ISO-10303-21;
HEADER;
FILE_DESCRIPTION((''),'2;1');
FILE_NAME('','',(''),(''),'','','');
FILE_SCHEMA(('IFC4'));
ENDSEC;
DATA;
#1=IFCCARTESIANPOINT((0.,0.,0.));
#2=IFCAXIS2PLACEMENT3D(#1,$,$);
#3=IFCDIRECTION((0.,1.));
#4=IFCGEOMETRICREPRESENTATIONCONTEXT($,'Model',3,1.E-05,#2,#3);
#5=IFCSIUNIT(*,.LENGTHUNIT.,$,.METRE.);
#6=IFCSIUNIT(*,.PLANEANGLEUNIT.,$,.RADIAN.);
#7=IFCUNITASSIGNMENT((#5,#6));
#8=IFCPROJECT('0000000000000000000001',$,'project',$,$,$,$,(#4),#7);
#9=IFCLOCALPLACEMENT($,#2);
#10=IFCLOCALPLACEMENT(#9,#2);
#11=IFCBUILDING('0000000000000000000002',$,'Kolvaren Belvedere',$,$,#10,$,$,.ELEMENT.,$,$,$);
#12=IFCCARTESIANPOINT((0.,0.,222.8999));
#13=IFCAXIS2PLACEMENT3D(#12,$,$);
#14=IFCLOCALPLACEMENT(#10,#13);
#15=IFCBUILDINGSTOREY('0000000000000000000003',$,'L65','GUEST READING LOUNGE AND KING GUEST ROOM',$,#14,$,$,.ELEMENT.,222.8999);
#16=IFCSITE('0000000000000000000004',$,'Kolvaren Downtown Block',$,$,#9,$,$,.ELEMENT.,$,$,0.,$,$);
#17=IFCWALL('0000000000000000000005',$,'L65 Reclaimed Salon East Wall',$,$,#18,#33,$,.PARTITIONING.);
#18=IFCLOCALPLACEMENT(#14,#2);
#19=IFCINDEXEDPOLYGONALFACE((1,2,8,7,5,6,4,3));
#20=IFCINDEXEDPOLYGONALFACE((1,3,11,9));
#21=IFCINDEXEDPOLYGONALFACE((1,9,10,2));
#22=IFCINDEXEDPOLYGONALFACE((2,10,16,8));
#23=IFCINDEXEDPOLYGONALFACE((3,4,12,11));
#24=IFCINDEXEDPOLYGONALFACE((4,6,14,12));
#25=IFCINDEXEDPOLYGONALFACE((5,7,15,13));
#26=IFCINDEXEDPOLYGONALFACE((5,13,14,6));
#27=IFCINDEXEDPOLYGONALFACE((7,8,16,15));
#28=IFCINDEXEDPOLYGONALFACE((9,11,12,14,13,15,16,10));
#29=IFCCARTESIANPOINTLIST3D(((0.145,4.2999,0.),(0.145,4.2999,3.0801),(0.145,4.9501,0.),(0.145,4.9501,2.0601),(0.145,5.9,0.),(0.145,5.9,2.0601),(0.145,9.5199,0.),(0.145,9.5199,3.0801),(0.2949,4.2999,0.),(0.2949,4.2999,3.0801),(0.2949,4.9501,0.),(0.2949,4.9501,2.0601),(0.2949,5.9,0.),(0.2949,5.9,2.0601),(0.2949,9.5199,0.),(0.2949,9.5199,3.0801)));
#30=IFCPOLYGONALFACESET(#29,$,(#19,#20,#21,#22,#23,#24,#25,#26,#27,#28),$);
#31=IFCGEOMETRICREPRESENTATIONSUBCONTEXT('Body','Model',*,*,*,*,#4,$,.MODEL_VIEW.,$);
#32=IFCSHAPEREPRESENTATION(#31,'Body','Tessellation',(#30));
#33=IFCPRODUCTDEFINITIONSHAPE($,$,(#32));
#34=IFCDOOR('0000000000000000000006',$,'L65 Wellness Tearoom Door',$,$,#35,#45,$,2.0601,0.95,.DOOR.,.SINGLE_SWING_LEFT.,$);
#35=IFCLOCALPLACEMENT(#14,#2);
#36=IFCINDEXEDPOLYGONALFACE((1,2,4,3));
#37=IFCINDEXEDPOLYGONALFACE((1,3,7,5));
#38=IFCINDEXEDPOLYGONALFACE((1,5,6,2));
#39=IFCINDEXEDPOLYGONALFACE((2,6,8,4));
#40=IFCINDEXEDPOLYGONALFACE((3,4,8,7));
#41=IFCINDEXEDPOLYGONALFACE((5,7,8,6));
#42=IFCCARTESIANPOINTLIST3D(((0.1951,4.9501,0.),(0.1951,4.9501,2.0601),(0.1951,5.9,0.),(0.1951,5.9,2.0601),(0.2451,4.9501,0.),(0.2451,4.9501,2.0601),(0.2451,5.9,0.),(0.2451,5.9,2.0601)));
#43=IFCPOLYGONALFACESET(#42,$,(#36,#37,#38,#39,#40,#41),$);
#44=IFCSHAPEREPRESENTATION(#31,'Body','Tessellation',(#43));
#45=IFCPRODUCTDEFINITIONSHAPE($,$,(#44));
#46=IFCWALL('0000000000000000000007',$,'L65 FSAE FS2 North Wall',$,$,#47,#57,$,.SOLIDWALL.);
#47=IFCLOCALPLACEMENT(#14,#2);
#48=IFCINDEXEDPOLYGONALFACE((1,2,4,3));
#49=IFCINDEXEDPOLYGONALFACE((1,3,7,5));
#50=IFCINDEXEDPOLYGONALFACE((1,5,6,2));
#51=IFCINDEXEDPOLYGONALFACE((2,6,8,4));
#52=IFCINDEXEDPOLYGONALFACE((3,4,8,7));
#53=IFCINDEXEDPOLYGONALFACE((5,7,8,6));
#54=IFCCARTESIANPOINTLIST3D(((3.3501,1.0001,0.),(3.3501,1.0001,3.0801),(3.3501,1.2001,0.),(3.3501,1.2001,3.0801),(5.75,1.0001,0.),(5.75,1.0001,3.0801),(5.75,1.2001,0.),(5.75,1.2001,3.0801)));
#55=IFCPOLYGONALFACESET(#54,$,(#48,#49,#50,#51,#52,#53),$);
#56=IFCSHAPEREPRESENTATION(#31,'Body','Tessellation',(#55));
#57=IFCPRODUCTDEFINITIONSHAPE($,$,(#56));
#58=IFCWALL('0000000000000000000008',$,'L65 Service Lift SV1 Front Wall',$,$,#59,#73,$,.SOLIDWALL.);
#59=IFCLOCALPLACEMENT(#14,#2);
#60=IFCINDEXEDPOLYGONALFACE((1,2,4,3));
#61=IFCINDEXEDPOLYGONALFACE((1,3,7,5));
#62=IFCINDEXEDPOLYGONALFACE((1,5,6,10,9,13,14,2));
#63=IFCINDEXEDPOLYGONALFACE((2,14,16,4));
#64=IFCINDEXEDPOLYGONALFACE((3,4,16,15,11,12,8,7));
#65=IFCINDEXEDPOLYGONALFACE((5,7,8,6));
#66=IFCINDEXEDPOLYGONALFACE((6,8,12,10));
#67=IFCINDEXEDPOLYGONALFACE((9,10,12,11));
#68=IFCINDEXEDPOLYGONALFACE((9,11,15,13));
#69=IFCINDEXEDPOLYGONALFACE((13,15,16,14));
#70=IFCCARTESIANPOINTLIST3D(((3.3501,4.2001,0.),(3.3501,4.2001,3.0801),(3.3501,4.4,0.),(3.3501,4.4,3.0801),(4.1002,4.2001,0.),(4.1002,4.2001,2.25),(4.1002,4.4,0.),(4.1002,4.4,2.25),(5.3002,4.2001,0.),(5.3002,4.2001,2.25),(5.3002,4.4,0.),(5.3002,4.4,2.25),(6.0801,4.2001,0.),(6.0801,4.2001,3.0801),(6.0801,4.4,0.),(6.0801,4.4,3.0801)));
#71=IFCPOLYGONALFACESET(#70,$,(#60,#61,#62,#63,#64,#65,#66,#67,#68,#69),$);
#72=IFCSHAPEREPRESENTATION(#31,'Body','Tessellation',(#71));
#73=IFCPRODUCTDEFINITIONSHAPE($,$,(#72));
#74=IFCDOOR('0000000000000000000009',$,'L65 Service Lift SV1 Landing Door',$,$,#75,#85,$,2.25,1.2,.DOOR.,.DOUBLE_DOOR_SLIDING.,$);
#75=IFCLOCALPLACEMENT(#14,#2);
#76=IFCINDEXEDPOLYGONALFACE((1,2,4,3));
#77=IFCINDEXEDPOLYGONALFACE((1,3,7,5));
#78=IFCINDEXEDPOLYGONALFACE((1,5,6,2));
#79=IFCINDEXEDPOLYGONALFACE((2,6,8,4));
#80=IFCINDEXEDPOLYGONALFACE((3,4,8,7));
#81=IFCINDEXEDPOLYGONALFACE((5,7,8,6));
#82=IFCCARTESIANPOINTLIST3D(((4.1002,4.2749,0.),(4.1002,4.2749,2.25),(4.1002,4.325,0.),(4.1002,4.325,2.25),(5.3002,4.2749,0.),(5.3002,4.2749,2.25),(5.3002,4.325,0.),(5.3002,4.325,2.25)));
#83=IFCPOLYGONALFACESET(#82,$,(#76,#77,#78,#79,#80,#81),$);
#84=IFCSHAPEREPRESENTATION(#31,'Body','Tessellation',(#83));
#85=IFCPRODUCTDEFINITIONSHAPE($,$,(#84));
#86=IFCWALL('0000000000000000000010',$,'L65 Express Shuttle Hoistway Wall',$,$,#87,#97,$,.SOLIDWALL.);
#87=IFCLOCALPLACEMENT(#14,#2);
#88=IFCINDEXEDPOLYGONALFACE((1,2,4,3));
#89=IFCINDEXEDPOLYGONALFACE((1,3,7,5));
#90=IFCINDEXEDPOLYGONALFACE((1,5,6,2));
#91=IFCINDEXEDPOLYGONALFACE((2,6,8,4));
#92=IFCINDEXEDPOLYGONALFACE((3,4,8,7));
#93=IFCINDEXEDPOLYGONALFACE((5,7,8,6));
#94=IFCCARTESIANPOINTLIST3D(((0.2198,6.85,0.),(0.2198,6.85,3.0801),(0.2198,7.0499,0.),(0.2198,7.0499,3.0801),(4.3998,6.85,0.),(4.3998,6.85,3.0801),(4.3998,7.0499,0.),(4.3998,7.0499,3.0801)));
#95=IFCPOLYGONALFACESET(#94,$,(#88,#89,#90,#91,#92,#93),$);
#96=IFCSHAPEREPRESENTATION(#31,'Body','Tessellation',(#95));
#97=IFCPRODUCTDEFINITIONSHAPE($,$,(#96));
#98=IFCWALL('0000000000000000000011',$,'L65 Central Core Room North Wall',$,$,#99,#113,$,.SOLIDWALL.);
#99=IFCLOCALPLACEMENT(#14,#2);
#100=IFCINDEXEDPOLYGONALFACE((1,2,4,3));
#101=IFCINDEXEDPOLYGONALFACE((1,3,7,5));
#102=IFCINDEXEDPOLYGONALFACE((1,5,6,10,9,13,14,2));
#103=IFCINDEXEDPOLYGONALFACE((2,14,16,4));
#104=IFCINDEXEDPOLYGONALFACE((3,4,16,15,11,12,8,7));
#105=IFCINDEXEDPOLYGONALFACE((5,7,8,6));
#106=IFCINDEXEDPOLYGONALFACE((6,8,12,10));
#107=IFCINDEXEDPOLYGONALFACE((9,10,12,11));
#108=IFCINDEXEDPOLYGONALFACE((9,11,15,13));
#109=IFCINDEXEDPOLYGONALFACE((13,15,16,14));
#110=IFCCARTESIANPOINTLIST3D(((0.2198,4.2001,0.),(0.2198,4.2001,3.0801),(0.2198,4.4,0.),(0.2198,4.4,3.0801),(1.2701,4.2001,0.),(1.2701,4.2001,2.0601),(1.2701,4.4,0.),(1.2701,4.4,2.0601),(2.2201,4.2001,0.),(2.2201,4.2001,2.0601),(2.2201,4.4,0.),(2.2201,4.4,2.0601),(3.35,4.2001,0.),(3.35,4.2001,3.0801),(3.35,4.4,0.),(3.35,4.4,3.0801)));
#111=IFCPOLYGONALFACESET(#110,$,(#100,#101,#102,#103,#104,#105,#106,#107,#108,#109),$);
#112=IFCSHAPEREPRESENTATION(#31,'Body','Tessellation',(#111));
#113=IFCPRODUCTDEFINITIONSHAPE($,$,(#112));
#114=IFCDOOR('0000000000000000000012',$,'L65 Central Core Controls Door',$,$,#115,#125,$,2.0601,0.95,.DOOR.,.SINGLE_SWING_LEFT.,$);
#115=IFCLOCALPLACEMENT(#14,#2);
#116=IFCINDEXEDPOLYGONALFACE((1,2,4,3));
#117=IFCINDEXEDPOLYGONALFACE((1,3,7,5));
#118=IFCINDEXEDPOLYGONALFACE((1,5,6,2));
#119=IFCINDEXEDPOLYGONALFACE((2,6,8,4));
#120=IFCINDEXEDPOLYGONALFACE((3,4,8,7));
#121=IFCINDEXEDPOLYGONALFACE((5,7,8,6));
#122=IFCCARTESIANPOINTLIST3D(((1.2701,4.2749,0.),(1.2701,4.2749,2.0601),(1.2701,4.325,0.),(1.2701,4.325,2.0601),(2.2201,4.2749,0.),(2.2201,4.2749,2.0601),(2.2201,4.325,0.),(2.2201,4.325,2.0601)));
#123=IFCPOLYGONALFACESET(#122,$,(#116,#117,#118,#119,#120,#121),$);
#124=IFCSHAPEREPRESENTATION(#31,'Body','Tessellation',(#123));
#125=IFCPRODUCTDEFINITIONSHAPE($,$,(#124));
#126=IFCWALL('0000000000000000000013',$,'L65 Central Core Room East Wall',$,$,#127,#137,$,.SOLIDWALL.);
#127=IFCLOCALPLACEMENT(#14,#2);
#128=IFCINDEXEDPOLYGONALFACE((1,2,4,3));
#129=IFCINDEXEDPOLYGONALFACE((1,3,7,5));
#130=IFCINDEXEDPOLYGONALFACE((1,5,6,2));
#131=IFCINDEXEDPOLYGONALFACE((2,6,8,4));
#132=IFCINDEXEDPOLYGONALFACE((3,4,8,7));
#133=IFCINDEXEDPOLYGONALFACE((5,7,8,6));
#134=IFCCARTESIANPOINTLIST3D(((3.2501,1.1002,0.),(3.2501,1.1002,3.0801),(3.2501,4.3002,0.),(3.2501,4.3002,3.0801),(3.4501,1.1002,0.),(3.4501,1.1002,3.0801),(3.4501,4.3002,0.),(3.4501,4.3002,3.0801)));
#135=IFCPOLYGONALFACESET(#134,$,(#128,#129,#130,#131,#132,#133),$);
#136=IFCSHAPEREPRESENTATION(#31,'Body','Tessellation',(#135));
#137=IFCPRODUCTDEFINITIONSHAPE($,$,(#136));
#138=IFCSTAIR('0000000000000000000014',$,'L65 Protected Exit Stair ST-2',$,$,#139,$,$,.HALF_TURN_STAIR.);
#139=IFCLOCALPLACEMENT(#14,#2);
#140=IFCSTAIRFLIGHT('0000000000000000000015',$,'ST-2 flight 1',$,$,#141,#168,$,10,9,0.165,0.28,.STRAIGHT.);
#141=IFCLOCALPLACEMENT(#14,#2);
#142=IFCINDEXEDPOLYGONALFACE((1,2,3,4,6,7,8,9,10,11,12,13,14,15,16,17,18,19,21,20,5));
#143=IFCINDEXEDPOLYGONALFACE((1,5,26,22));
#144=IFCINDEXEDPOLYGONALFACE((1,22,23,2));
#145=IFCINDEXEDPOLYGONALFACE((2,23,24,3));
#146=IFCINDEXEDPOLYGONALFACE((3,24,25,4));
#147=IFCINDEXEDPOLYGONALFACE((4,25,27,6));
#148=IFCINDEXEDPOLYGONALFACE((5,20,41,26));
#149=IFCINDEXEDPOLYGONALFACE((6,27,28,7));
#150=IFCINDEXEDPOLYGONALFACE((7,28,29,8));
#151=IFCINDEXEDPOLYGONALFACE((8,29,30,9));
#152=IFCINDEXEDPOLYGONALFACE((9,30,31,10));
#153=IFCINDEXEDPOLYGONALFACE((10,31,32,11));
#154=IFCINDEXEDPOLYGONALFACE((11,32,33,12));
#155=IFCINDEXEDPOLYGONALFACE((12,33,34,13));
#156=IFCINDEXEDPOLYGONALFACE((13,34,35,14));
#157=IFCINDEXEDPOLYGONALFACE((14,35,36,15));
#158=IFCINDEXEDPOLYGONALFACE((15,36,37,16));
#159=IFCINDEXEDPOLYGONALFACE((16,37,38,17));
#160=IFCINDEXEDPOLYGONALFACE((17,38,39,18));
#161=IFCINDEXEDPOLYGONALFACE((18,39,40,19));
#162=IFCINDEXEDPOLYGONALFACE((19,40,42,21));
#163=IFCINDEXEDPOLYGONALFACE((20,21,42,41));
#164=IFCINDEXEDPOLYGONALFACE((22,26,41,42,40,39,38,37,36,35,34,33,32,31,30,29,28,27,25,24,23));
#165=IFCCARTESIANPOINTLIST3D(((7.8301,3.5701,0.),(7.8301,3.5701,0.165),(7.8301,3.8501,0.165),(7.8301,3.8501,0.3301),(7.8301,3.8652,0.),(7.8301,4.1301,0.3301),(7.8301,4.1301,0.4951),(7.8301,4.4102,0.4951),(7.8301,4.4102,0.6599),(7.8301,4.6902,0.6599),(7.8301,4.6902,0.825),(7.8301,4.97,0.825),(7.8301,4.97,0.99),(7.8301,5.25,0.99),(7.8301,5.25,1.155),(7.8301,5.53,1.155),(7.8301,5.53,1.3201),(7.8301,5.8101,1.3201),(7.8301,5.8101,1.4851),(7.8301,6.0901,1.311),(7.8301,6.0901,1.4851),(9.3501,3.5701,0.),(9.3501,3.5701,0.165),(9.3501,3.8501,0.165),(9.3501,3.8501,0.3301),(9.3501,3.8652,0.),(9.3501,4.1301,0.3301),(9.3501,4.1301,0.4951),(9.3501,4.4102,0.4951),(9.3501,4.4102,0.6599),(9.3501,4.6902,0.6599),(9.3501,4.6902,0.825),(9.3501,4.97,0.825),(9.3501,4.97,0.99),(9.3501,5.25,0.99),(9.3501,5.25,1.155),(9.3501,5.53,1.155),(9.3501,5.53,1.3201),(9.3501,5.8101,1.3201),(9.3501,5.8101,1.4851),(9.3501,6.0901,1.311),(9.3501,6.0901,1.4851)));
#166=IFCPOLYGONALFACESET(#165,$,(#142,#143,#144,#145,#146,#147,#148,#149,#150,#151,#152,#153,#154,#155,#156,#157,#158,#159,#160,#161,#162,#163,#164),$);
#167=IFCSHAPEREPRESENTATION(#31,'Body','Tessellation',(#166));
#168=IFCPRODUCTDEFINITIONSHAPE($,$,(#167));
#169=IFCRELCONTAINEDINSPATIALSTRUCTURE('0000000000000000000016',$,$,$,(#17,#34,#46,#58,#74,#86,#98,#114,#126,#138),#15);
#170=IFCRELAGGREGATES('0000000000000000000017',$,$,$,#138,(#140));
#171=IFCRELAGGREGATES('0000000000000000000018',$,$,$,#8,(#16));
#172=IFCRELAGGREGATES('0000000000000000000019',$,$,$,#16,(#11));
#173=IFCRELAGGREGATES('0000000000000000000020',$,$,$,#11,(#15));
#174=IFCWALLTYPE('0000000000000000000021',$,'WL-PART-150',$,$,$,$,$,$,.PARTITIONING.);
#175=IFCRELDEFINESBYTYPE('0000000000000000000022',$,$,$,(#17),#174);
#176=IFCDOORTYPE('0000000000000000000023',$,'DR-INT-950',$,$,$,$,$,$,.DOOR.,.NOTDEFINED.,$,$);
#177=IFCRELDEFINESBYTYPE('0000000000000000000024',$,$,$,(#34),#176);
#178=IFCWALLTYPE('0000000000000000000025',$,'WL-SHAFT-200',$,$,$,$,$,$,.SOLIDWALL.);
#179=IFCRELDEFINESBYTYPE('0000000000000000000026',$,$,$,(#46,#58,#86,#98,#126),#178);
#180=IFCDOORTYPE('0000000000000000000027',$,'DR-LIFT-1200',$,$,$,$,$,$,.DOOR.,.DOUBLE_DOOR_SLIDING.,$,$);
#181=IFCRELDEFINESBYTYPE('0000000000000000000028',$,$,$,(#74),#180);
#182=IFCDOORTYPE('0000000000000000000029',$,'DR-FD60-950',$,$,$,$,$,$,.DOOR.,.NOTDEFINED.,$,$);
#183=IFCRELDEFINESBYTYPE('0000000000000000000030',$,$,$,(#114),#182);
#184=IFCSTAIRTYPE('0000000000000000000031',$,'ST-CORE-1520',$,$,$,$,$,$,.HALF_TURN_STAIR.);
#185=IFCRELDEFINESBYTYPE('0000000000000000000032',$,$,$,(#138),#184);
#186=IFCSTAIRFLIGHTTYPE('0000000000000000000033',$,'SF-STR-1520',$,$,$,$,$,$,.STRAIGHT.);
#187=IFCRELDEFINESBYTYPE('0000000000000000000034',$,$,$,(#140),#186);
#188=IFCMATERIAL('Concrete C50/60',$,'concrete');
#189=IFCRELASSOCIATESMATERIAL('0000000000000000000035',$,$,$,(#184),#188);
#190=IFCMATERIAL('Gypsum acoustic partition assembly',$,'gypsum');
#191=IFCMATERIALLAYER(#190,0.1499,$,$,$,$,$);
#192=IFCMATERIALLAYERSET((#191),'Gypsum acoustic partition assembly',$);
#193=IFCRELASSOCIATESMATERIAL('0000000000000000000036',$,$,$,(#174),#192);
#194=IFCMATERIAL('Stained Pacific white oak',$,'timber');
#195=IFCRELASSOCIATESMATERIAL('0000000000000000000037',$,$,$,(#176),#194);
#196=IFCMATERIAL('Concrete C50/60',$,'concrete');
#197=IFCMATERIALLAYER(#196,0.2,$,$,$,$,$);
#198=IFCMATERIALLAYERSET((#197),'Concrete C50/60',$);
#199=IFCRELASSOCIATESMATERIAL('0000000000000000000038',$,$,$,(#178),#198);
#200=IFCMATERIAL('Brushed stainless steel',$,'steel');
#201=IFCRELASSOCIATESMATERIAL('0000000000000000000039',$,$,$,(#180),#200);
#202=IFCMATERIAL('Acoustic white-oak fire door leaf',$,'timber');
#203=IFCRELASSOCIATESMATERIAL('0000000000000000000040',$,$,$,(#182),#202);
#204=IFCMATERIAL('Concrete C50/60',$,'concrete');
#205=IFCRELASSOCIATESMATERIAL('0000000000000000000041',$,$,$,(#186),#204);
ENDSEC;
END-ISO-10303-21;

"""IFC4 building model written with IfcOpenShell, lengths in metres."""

from ifc_helpers import new_model, si_unit, direction, frame, frame_2d, origin, place, context, subcontext, project, spatial, polyline, rectangle, outline, extrude, material, layer, layer_set, type_object, element, fill, aggregate, save


model = new_model("IFC4")

# Units and contexts
model_context = context("Model", 3, precision=1e-05, world=origin(), true_north=direction((0.0, 1.0)))
body_context = subcontext(model_context, "Body", "Model", "MODEL_VIEW")
ifc_project = project(units=[si_unit("LENGTHUNIT", "METRE"), si_unit("PLANEANGLEUNIT", "RADIAN")], contexts=[model_context])

# Site, building, storey
site_placement = place(None, origin())
site = spatial("IfcSite", under=ifc_project, at=site_placement, Name="Kolvaren Downtown Block", CompositionType="ELEMENT", RefElevation=0.0)
building_placement = place(site_placement, origin())
building = spatial("IfcBuilding", under=site, at=building_placement, Name="Kolvaren Belvedere", CompositionType="ELEMENT")
storey_placement = place(building_placement, frame((0.0, 0.0, 222.8999)))
storey = spatial("IfcBuildingStorey", under=building, at=storey_placement, Name="L65", Description="GUEST READING LOUNGE AND KING GUEST ROOM", CompositionType="ELEMENT", Elevation=222.8999)

# Shared definitions
ifc_material_1 = material(Name="Concrete C50/60", Category="concrete")
stair_type = type_object("IfcStairType", Name="ST-CORE-1520", PredefinedType="HALF_TURN_STAIR", material=ifc_material_1)

# Wall, opening, door
ifc_material_2 = material(Name="Gypsum acoustic partition assembly", Category="gypsum")
ifc_layer_1 = layer(ifc_material_2, 0.1499)
ifc_layer_set_1 = layer_set([ifc_layer_1], Name="Gypsum acoustic partition assembly")
wall_type_1 = type_object("IfcWallType", Name="WL-PART-150", PredefinedType="PARTITIONING", material=ifc_layer_set_1)
wall_1_placement = place(storey_placement, frame((0.22, 4.3, 0.0), z_axis=(0.0, 0.0, 1.0), x_axis=(0.0, 1.0, 0.0)))
wall_1 = element("IfcWall", 1, at=wall_1_placement, inside=storey, type_object=wall_type_1, Name="L65 Reclaimed Salon East Wall", PredefinedType="PARTITIONING", context=body_context, shape_type="SweptSolid", body=[
    extrude(rectangle(XDim=5.22, YDim=0.1499, at=frame_2d((2.6099, 0.0))), origin(), (0.0, 0.0, 1.0), 3.0801),
])
opening_1_placement = place(wall_1_placement, frame((0.6499, 0.0, 0.0)))
opening_1 = element("IfcOpeningElement", 2, at=opening_1_placement, cuts=wall_1, PredefinedType="OPENING", context=body_context, shape_type="SweptSolid", body=[
    extrude(rectangle(XDim=0.95, YDim=2.0601, at=frame_2d((0.4751, 1.03))), frame((0.0, 0.085, 0.0), z_axis=(0.0, -1.0, 0.0), x_axis=(1.0, 0.0, 0.0)), (0.0, 0.0, 1.0), 0.1699),
])
ifc_material_3 = material(Name="Stained Pacific white oak", Category="timber")
door_type_1 = type_object("IfcDoorType", Name="DR-INT-950", OperationType="NOTDEFINED", PredefinedType="DOOR", material=ifc_material_3)
door_1_placement = place(opening_1_placement, origin())
door_1 = element("IfcDoor", 3, at=door_1_placement, inside=storey, type_object=door_type_1, Name="L65 Wellness Tearoom Door", OperationType="SINGLE_SWING_LEFT", OverallHeight=2.0601, OverallWidth=0.95, PredefinedType="DOOR", context=body_context, shape_type="SweptSolid", body=[
    extrude(rectangle(XDim=0.95, YDim=2.0601, at=frame_2d((0.4751, 1.03))), frame((0.0, 0.0249, 0.0), z_axis=(0.0, -1.0, 0.0), x_axis=(1.0, 0.0, 0.0)), (0.0, 0.0, 1.0), 0.05),
])
fill(opening_1, door_1)

# Wall
ifc_material_4 = material(Name="Concrete C50/60", Category="concrete")
ifc_layer_2 = layer(ifc_material_4, 0.2)
ifc_layer_set_2 = layer_set([ifc_layer_2], Name="Concrete C50/60")
wall_type_2 = type_object("IfcWallType", Name="WL-SHAFT-200", PredefinedType="SOLIDWALL", material=ifc_layer_set_2)
wall_2_placement = place(storey_placement, frame((3.3501, 1.1001, 0.0), z_axis=(0.0, 0.0, 1.0), x_axis=(1.0, 0.0, 0.0)))
element("IfcWall", 4, at=wall_2_placement, inside=storey, type_object=wall_type_2, Name="L65 FSAE FS2 North Wall", PredefinedType="SOLIDWALL", context=body_context, shape_type="SweptSolid", body=[
    extrude(rectangle(XDim=2.3999, YDim=0.2, at=frame_2d((1.2, 0.0))), origin(), (0.0, 0.0, 1.0), 3.0801),
])

# Wall, opening, door
wall_3_placement = place(storey_placement, frame((3.3501, 4.3, 0.0), z_axis=(0.0, 0.0, 1.0), x_axis=(1.0, 0.0, 0.0)))
wall_3 = element("IfcWall", 5, at=wall_3_placement, inside=storey, type_object=wall_type_2, Name="L65 Service Lift SV1 Front Wall", PredefinedType="SOLIDWALL", context=body_context, shape_type="SweptSolid", body=[
    extrude(rectangle(XDim=2.73, YDim=0.2, at=frame_2d((1.365, 0.0))), origin(), (0.0, 0.0, 1.0), 3.0801),
])
opening_2_placement = place(wall_3_placement, frame((0.75, 0.0, 0.0)))
opening_2 = element("IfcOpeningElement", 6, at=opening_2_placement, cuts=wall_3, PredefinedType="OPENING", context=body_context, shape_type="SweptSolid", body=[
    extrude(rectangle(XDim=1.2, YDim=2.25, at=frame_2d((0.6001, 1.125))), frame((0.0, 0.1099, 0.0), z_axis=(0.0, -1.0, 0.0), x_axis=(1.0, 0.0, 0.0)), (0.0, 0.0, 1.0), 0.22),
])
ifc_material_5 = material(Name="Brushed stainless steel", Category="steel")
door_type_2 = type_object("IfcDoorType", Name="DR-LIFT-1200", OperationType="DOUBLE_DOOR_SLIDING", PredefinedType="DOOR", material=ifc_material_5)
door_2_placement = place(opening_2_placement, origin())
door_2 = element("IfcDoor", 7, at=door_2_placement, inside=storey, type_object=door_type_2, Name="L65 Service Lift SV1 Landing Door", OperationType="DOUBLE_DOOR_SLIDING", OverallHeight=2.25, OverallWidth=1.2, PredefinedType="DOOR", context=body_context, shape_type="SweptSolid", body=[
    extrude(rectangle(XDim=1.2, YDim=2.25, at=frame_2d((0.6001, 1.125))), frame((0.0, 0.0249, 0.0), z_axis=(0.0, -1.0, 0.0), x_axis=(1.0, 0.0, 0.0)), (0.0, 0.0, 1.0), 0.05),
])
fill(opening_2, door_2)

# Wall
wall_4_placement = place(storey_placement, frame((0.22, 6.95, 0.0), z_axis=(0.0, 0.0, 1.0), x_axis=(1.0, 0.0, 0.0)))
element("IfcWall", 8, at=wall_4_placement, inside=storey, type_object=wall_type_2, Name="L65 Express Shuttle Hoistway Wall", PredefinedType="SOLIDWALL", context=body_context, shape_type="SweptSolid", body=[
    extrude(rectangle(XDim=4.1799, YDim=0.2, at=frame_2d((2.0898, 0.0))), origin(), (0.0, 0.0, 1.0), 3.0801),
])

# Wall, opening, door
wall_5_placement = place(storey_placement, frame((0.22, 4.3, 0.0), z_axis=(0.0, 0.0, 1.0), x_axis=(1.0, 0.0, 0.0)))
wall_5 = element("IfcWall", 9, at=wall_5_placement, inside=storey, type_object=wall_type_2, Name="L65 Central Core Room North Wall", PredefinedType="SOLIDWALL", context=body_context, shape_type="SweptSolid", body=[
    extrude(rectangle(XDim=3.1301, YDim=0.2, at=frame_2d((1.5649, 0.0))), origin(), (0.0, 0.0, 1.0), 3.0801),
])
opening_3_placement = place(wall_5_placement, frame((1.05, 0.0, 0.0)))
opening_3 = element("IfcOpeningElement", 10, at=opening_3_placement, cuts=wall_5, PredefinedType="OPENING", context=body_context, shape_type="SweptSolid", body=[
    extrude(rectangle(XDim=0.95, YDim=2.0601, at=frame_2d((0.4751, 1.03))), frame((0.0, 0.1099, 0.0), z_axis=(0.0, -1.0, 0.0), x_axis=(1.0, 0.0, 0.0)), (0.0, 0.0, 1.0), 0.22),
])
ifc_material_6 = material(Name="Acoustic white-oak fire door leaf", Category="timber")
door_type_3 = type_object("IfcDoorType", Name="DR-FD60-950", OperationType="NOTDEFINED", PredefinedType="DOOR", material=ifc_material_6)
door_3_placement = place(opening_3_placement, origin())
door_3 = element("IfcDoor", 11, at=door_3_placement, inside=storey, type_object=door_type_3, Name="L65 Central Core Controls Door", OperationType="SINGLE_SWING_LEFT", OverallHeight=2.0601, OverallWidth=0.95, PredefinedType="DOOR", context=body_context, shape_type="SweptSolid", body=[
    extrude(rectangle(XDim=0.95, YDim=2.0601, at=frame_2d((0.4751, 1.03))), frame((0.0, 0.0249, 0.0), z_axis=(0.0, -1.0, 0.0), x_axis=(1.0, 0.0, 0.0)), (0.0, 0.0, 1.0), 0.05),
])
fill(opening_3, door_3)

# Wall
wall_6_placement = place(storey_placement, frame((3.3501, 1.1001, 0.0), z_axis=(0.0, 0.0, 1.0), x_axis=(0.0, 1.0, 0.0)))
element("IfcWall", 12, at=wall_6_placement, inside=storey, type_object=wall_type_2, Name="L65 Central Core Room East Wall", PredefinedType="SOLIDWALL", context=body_context, shape_type="SweptSolid", body=[
    extrude(rectangle(XDim=3.2, YDim=0.2, at=frame_2d((1.6001, 0.0))), origin(), (0.0, 0.0, 1.0), 3.0801),
])

# Stair, stair flight
stair_1_placement = place(storey_placement, origin())
stair_1 = element("IfcStair", 13, at=stair_1_placement, inside=storey, type_object=stair_type, Name="L65 Protected Exit Stair ST-2", PredefinedType="HALF_TURN_STAIR")
ifc_material_7 = material(Name="Concrete C50/60", Category="concrete")
stair_flight_type = type_object("IfcStairFlightType", Name="SF-STR-1520", PredefinedType="STRAIGHT", material=ifc_material_7)
stair_flight_1_placement = place(storey_placement, frame((8.5901, 3.5701, 0.0), z_axis=(0.0, 0.0, 1.0), x_axis=(0.0, 1.0, 0.0)))
stair_flight_1 = element("IfcStairFlight", 14, at=stair_flight_1_placement, type_object=stair_flight_type, Name="ST-2 flight 1", NumberOfRisers=10, NumberOfTreads=9, PredefinedType="STRAIGHT", RiserHeight=0.165, TreadLength=0.28, context=body_context, shape_type="SweptSolid", body=[
    extrude(outline(polyline([(0.0, 0.0), (0.0, 0.165), (0.28, 0.165), (0.28, 0.3301), (0.5601, 0.3301), (0.5601, 0.4951), (0.8401, 0.4951), (0.8401, 0.6599), (1.1201, 0.6599), (1.1201, 0.825), (1.3999, 0.825), (1.3999, 0.99), (1.6799, 0.99), (1.6799, 1.155), (1.96, 1.155), (1.96, 1.3201), (2.24, 1.3201), (2.24, 1.4851), (2.52, 1.4851), (2.52, 1.6499), (2.52, 1.311), (0.2952, 0.0), (0.0, 0.0)])), frame((0.0, 0.76, 0.0), z_axis=(0.0, -1.0, 0.0), x_axis=(1.0, 0.0, 0.0)), (0.0, 0.0, 1.0), 1.52),
])
aggregate(stair_1, [stair_flight_1])

save(model, "model.ifc")
